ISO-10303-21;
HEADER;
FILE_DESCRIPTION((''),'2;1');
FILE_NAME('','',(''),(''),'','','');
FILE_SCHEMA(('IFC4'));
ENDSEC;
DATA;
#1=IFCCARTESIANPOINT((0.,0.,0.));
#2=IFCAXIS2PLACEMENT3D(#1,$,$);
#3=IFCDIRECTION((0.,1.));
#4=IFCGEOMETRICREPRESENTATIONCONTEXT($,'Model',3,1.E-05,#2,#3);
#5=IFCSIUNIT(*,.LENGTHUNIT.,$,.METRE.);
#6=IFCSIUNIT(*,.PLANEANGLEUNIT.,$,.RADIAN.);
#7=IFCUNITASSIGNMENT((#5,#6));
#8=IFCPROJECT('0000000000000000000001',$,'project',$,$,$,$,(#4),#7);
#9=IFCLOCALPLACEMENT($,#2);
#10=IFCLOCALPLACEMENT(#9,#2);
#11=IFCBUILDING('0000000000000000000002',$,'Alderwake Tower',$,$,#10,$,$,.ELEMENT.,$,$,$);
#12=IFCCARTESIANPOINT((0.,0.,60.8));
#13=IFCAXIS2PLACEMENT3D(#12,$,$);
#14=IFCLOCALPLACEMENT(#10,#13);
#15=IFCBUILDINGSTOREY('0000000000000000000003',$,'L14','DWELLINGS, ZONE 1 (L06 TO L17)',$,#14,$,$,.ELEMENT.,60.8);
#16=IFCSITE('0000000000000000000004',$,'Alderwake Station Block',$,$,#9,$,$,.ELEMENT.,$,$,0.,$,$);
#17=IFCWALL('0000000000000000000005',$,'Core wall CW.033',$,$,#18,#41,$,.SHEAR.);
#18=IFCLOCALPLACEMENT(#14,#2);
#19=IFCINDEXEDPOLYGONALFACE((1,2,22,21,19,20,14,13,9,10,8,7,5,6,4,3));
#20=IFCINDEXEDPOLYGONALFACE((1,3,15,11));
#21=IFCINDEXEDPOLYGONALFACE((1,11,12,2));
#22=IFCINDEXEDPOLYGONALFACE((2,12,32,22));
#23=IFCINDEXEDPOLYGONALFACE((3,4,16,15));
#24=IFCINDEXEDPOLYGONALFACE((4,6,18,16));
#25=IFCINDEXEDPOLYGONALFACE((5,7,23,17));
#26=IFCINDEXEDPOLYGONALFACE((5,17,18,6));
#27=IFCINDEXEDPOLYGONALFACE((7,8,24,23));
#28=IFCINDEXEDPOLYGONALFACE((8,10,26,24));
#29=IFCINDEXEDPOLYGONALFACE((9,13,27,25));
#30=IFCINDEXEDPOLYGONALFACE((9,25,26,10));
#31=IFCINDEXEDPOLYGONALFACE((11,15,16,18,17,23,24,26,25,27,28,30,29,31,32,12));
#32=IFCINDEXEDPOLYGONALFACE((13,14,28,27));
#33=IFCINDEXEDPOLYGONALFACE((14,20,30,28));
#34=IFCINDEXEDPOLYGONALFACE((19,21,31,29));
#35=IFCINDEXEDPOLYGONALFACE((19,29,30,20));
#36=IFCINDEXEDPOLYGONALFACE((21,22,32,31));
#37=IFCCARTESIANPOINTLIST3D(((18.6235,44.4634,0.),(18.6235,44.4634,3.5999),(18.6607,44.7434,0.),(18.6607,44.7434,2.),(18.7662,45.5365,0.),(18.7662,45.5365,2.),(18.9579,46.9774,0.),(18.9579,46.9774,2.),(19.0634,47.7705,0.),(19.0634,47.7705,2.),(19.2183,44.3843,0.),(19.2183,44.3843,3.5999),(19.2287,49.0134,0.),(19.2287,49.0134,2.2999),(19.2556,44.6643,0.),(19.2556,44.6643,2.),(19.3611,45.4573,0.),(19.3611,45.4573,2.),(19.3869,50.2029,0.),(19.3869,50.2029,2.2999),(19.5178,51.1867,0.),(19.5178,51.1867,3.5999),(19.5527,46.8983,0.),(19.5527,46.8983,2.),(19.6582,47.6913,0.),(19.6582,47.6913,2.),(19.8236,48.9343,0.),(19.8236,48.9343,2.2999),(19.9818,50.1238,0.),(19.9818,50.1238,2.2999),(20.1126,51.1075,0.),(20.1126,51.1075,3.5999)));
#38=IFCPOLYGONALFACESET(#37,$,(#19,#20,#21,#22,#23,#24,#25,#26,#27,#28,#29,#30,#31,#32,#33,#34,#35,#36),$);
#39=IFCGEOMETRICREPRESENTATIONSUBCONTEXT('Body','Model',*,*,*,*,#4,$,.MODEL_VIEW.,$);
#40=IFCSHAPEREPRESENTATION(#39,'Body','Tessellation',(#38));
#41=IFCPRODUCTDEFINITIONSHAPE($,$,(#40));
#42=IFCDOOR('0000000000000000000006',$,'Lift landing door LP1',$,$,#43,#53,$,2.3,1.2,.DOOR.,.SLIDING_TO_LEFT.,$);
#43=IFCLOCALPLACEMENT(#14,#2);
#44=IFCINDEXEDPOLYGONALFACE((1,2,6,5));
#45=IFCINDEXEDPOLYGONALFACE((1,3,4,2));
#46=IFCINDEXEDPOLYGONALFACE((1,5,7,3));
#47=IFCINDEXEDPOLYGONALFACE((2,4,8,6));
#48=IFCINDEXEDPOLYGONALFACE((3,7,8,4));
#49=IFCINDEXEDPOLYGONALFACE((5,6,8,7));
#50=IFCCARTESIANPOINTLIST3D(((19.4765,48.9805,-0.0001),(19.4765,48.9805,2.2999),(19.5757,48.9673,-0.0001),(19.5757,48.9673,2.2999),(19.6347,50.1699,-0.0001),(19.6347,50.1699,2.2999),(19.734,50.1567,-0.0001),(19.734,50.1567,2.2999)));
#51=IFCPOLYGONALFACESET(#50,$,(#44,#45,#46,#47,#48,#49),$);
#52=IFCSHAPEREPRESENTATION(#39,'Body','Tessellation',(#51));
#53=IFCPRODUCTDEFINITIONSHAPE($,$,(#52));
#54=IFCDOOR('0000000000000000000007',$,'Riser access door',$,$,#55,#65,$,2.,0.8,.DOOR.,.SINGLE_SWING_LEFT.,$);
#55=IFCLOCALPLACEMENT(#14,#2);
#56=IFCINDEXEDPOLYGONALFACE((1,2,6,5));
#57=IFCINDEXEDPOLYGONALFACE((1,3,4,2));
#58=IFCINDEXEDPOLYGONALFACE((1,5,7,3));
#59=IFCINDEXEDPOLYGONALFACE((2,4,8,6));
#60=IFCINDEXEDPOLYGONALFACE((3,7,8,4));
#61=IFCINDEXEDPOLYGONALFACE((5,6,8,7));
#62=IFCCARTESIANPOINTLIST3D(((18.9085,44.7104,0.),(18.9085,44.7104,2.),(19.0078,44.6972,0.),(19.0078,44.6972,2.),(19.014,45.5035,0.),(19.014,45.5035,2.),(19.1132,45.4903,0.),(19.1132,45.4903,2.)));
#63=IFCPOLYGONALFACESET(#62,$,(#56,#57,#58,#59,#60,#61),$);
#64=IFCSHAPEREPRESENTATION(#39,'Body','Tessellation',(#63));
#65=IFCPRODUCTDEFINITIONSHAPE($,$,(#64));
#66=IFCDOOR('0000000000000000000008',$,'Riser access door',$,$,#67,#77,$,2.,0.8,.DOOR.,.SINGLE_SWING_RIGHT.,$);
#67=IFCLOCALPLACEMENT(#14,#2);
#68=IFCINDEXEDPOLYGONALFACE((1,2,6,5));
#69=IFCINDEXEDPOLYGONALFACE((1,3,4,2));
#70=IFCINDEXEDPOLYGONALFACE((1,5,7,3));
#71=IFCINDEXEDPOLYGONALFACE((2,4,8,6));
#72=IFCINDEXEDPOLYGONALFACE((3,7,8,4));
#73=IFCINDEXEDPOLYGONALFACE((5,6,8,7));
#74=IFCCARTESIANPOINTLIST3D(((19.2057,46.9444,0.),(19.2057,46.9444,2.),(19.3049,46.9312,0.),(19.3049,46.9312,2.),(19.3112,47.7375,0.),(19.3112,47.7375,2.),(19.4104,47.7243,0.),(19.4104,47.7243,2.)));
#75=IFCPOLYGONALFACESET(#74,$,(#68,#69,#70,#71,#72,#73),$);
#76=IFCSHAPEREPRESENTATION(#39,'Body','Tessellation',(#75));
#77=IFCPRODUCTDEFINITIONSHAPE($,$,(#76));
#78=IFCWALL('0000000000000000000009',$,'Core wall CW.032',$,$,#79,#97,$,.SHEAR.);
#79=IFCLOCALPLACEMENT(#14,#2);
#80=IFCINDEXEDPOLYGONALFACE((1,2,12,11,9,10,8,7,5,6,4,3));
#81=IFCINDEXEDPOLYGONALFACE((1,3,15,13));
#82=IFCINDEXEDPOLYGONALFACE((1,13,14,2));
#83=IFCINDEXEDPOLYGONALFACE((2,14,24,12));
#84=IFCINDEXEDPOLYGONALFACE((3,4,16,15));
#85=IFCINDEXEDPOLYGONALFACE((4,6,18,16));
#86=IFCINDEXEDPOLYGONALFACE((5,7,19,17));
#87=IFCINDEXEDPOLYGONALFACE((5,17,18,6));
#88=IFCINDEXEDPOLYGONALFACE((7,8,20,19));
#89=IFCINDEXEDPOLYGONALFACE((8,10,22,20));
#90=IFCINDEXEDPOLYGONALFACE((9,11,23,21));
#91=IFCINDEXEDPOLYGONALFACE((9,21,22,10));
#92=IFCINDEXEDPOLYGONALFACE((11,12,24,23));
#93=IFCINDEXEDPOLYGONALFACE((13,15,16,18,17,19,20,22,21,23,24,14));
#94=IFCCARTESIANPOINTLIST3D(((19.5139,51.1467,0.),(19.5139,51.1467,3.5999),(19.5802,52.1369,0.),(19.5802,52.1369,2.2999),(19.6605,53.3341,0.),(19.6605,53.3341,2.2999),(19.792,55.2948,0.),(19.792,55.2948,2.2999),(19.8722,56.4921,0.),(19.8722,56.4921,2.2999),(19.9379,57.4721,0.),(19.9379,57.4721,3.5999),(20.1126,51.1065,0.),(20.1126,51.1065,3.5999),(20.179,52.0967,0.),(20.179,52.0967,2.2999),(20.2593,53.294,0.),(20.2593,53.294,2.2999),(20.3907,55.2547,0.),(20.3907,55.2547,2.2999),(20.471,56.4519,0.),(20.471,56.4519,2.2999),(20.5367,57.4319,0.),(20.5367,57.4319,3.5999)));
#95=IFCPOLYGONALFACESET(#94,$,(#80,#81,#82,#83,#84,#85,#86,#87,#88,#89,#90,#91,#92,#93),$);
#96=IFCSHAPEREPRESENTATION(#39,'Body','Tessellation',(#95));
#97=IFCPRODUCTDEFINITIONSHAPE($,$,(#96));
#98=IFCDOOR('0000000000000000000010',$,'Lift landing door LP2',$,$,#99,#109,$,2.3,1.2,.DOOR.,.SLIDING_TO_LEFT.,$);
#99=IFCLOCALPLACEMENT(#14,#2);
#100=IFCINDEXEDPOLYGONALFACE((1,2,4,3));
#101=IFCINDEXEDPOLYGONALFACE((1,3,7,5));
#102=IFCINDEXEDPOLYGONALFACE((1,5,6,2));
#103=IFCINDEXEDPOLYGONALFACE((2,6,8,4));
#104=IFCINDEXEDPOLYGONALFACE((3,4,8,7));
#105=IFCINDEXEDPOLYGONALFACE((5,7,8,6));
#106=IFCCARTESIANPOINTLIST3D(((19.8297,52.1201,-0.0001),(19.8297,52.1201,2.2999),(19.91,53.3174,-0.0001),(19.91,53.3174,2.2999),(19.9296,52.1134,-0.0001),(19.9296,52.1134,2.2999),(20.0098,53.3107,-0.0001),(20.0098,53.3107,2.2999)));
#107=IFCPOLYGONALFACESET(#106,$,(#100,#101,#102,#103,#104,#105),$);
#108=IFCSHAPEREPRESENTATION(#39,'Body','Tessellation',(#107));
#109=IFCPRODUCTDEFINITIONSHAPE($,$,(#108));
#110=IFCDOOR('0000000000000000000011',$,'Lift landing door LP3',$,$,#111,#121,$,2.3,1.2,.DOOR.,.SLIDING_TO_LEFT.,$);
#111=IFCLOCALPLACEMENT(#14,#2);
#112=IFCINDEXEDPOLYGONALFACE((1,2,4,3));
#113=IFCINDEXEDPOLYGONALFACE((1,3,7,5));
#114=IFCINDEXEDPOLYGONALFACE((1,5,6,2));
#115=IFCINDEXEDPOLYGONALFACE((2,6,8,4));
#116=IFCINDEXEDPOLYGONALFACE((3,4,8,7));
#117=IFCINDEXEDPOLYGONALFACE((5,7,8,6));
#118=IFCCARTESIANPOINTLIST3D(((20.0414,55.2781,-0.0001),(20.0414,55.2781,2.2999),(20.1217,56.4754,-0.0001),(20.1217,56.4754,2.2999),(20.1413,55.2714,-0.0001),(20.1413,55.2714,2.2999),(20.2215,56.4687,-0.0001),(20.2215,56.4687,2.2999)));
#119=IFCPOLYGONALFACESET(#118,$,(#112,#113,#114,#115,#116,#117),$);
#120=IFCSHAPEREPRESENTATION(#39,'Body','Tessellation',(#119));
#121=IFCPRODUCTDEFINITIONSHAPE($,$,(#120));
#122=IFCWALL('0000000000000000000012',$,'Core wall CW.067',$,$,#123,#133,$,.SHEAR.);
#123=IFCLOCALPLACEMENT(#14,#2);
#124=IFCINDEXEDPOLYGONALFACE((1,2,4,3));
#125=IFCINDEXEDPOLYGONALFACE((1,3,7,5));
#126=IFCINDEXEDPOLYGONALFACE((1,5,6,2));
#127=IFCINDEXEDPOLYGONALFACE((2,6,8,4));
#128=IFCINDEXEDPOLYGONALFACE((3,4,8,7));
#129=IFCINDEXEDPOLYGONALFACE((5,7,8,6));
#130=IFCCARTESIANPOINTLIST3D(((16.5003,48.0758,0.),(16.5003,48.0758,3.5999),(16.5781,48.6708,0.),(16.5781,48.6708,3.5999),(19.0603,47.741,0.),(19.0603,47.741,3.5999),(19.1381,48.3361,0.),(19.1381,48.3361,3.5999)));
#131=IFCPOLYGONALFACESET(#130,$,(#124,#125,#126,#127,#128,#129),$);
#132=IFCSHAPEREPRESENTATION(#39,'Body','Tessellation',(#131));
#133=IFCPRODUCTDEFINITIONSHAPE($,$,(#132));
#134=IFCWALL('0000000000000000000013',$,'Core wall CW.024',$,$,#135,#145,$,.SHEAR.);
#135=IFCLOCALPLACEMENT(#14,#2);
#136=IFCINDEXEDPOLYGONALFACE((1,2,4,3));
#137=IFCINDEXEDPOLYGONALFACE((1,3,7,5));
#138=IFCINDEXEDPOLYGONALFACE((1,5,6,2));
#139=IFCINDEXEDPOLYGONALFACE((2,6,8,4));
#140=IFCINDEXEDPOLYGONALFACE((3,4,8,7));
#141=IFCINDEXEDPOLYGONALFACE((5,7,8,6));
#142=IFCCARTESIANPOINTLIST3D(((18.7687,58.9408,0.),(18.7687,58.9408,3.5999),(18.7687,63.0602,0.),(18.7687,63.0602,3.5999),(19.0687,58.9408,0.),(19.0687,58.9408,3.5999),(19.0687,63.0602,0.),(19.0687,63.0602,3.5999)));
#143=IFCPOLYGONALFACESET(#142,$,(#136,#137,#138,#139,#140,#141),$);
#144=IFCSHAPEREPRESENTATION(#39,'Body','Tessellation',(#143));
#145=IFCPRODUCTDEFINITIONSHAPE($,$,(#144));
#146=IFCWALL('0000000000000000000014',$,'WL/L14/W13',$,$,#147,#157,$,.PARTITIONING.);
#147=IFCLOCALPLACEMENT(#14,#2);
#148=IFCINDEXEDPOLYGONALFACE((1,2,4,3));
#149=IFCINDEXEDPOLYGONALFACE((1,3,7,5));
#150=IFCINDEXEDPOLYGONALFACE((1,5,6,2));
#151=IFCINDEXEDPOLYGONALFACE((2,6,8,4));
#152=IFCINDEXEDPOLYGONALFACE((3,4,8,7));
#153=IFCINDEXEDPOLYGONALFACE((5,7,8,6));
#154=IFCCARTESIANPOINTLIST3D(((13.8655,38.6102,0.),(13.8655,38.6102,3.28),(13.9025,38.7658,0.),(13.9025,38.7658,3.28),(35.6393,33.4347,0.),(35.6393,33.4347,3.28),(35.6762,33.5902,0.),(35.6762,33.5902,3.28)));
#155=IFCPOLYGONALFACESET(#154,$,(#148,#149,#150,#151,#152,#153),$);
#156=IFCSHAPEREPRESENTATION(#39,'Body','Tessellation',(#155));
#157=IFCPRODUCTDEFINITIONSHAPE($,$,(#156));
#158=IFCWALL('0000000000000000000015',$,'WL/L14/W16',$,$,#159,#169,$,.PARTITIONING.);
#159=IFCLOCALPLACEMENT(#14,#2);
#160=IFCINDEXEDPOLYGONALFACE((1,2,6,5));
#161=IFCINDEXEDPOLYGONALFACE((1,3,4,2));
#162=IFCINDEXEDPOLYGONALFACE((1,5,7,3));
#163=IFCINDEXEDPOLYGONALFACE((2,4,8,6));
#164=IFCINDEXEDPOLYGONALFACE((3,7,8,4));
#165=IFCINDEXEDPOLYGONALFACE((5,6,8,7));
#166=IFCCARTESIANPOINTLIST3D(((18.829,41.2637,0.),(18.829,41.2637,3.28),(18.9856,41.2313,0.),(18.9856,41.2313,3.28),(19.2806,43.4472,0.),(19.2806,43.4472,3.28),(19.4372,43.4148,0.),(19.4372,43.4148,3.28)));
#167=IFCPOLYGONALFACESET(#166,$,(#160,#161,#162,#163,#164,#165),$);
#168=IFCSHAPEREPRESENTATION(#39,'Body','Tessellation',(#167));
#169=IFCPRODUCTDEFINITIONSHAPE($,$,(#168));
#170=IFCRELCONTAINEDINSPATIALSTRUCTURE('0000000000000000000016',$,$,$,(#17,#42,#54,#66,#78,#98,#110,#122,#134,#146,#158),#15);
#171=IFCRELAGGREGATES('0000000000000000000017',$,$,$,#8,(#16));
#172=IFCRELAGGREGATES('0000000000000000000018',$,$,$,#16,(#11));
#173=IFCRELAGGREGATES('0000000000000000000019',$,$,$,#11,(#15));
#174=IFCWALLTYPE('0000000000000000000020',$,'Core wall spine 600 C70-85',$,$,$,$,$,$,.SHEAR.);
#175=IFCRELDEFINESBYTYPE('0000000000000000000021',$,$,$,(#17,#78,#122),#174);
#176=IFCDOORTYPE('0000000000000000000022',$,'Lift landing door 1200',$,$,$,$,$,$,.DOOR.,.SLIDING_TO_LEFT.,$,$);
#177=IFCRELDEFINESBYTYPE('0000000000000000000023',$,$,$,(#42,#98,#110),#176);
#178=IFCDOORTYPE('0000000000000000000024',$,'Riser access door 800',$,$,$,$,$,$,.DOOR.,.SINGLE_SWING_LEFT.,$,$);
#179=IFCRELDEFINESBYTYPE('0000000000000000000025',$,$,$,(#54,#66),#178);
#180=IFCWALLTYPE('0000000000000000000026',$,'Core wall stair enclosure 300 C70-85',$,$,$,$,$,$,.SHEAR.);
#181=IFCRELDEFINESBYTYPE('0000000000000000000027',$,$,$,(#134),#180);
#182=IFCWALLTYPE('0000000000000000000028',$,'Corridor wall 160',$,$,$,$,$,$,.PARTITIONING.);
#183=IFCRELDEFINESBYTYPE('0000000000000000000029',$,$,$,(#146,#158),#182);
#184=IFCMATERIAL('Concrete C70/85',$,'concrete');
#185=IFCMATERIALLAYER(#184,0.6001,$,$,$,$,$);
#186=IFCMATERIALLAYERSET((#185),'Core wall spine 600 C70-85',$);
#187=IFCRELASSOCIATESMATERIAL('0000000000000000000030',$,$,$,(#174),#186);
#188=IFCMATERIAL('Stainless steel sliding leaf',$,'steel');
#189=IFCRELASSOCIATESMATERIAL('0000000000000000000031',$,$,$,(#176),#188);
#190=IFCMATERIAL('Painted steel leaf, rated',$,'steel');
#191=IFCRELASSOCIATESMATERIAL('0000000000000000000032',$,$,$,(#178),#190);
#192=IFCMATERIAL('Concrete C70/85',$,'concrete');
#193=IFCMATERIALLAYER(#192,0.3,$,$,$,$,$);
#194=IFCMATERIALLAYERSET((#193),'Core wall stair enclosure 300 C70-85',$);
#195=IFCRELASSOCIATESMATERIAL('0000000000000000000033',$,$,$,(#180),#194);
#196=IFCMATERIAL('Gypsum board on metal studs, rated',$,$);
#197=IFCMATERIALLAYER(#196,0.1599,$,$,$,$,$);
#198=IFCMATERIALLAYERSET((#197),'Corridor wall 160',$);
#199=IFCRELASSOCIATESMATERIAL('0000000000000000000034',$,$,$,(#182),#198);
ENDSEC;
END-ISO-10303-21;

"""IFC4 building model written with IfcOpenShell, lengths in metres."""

from ifc_helpers import new_model, si_unit, direction, frame, frame_2d, origin, place, context, subcontext, project, spatial, rectangle, extrude, material, layer, layer_set, type_object, element, fill, save


model = new_model("IFC4")

# Units and contexts
model_context = context("Model", 3, precision=1e-05, world=origin(), true_north=direction((0.0, 1.0)))
body_context = subcontext(model_context, "Body", "Model", "MODEL_VIEW")
ifc_project = project(units=[si_unit("LENGTHUNIT", "METRE"), si_unit("PLANEANGLEUNIT", "RADIAN")], contexts=[model_context])

# Site, building, storey
site_placement = place(None, origin())
site = spatial("IfcSite", under=ifc_project, at=site_placement, Name="Alderwake Station Block", CompositionType="ELEMENT", RefElevation=0.0)
building_placement = place(site_placement, origin())
building = spatial("IfcBuilding", under=site, at=building_placement, Name="Alderwake Tower", CompositionType="ELEMENT")
storey_placement = place(building_placement, frame((0.0, 0.0, 60.8)))
storey = spatial("IfcBuildingStorey", under=building, at=storey_placement, Name="L14", Description="DWELLINGS, ZONE 1 (L06 TO L17)", CompositionType="ELEMENT", Elevation=60.8)

# Walls, openings, doors
ifc_material_1 = material(Name="Concrete C70/85", Category="concrete")
ifc_layer_1 = layer(ifc_material_1, 0.6001)
ifc_layer_set_1 = layer_set([ifc_layer_1], Name="Core wall spine 600 C70-85")
wall_type_1 = type_object("IfcWallType", Name="Core wall spine 600 C70-85", PredefinedType="SHEAR", material=ifc_layer_set_1)
wall_1_placement = place(storey_placement, frame((19.8152, 51.147, 0.0), z_axis=(0.0, 0.0, 1.0), x_axis=(-0.131855, -0.991269, 0.0)))
wall_1 = element("IfcWall", 1, at=wall_1_placement, inside=storey, type_object=wall_type_1, Name="Core wall CW.033", PredefinedType="SHEAR", context=body_context, shape_type="SweptSolid", body=[
    extrude(rectangle(XDim=6.7825, YDim=0.6001, at=frame_2d((3.3911, 0.0))), origin(), (0.0, 0.0, 1.0), 3.5999),
])
opening_1_placement = place(wall_1_placement, frame((0.9922, 0.0, 0.0)))
opening_1 = element("IfcOpeningElement", 2, at=opening_1_placement, cuts=wall_1, PredefinedType="OPENING", context=body_context, shape_type="SweptSolid", body=[
    extrude(rectangle(XDim=1.2, YDim=2.3, at=frame_2d((0.6001, 1.1499))), frame((0.0, 0.3101, 0.0), z_axis=(0.0, -1.0, 0.0), x_axis=(1.0, 0.0, 0.0)), (0.0, 0.0, 1.0), 0.6201),
])
opening_2_placement = place(wall_1_placement, frame((5.7, 0.0, 0.0)))
opening_2 = element("IfcOpeningElement", 3, at=opening_2_placement, cuts=wall_1, PredefinedType="OPENING", context=body_context, shape_type="SweptSolid", body=[
    extrude(rectangle(XDim=0.8, YDim=2.0, at=frame_2d((0.3999, 1.0))), frame((0.0, 0.3101, 0.0), z_axis=(0.0, -1.0, 0.0), x_axis=(1.0, 0.0, 0.0)), (0.0, 0.0, 1.0), 0.6201),
])
opening_3_placement = place(wall_1_placement, frame((3.4463, 0.0, 0.0)))
opening_3 = element("IfcOpeningElement", 4, at=opening_3_placement, cuts=wall_1, PredefinedType="OPENING", context=body_context, shape_type="SweptSolid", body=[
    extrude(rectangle(XDim=0.8, YDim=2.0, at=frame_2d((0.3999, 1.0))), frame((0.0, 0.3101, 0.0), z_axis=(0.0, -1.0, 0.0), x_axis=(1.0, 0.0, 0.0)), (0.0, 0.0, 1.0), 0.6201),
])
ifc_material_2 = material(Name="Stainless steel sliding leaf", Category="steel")
door_type_1 = type_object("IfcDoorType", Name="Lift landing door 1200", OperationType="SLIDING_TO_LEFT", PredefinedType="DOOR", material=ifc_material_2)
door_1_placement = place(opening_1_placement, origin())
door_1 = element("IfcDoor", 5, at=door_1_placement, inside=storey, type_object=door_type_1, Name="Lift landing door LP1", OperationType="SLIDING_TO_LEFT", OverallHeight=2.3, OverallWidth=1.2, PredefinedType="DOOR", context=body_context, shape_type="SweptSolid", body=[
    extrude(rectangle(XDim=1.2, YDim=2.3, at=frame_2d((0.6001, 1.1499))), frame((0.0, 0.05, 0.0), z_axis=(0.0, -1.0, 0.0), x_axis=(1.0, 0.0, 0.0)), (0.0, 0.0, 1.0), 0.1001),
])
fill(opening_1, door_1)
ifc_material_3 = material(Name="Painted steel leaf, rated", Category="steel")
door_type_2 = type_object("IfcDoorType", Name="Riser access door 800", OperationType="SINGLE_SWING_LEFT", PredefinedType="DOOR", material=ifc_material_3)
door_2_placement = place(opening_2_placement, origin())
door_2 = element("IfcDoor", 6, at=door_2_placement, inside=storey, type_object=door_type_2, Name="Riser access door", OperationType="SINGLE_SWING_LEFT", OverallHeight=2.0, OverallWidth=0.8, PredefinedType="DOOR", context=body_context, shape_type="SweptSolid", body=[
    extrude(rectangle(XDim=0.8, YDim=2.0, at=frame_2d((0.3999, 1.0))), frame((0.0, 0.05, 0.0), z_axis=(0.0, -1.0, 0.0), x_axis=(1.0, 0.0, 0.0)), (0.0, 0.0, 1.0), 0.1001),
])
fill(opening_2, door_2)
door_3_placement = place(opening_3_placement, origin())
door_3 = element("IfcDoor", 7, at=door_3_placement, inside=storey, type_object=door_type_2, Name="Riser access door", OperationType="SINGLE_SWING_RIGHT", OverallHeight=2.0, OverallWidth=0.8, PredefinedType="DOOR", context=body_context, shape_type="SweptSolid", body=[
    extrude(rectangle(XDim=0.8, YDim=2.0, at=frame_2d((0.3999, 1.0))), frame((0.0, 0.05, 0.0), z_axis=(0.0, -1.0, 0.0), x_axis=(1.0, 0.0, 0.0)), (0.0, 0.0, 1.0), 0.1001),
])
fill(opening_3, door_3)
wall_2_placement = place(storey_placement, frame((19.8132, 51.1265, 0.0), z_axis=(0.0, 0.0, 1.0), x_axis=(0.066892, 0.99776, 0.0)))
wall_2 = element("IfcWall", 8, at=wall_2_placement, inside=storey, type_object=wall_type_1, Name="Core wall CW.032", PredefinedType="SHEAR", context=body_context, shape_type="SweptSolid", body=[
    extrude(rectangle(XDim=6.3396, YDim=0.6001, at=frame_2d((3.1699, 0.0))), origin(), (0.0, 0.0, 1.0), 3.5999),
])
opening_4_placement = place(wall_2_placement, frame((0.9924, 0.0, 0.0)))
opening_4 = element("IfcOpeningElement", 9, at=opening_4_placement, cuts=wall_2, PredefinedType="OPENING", context=body_context, shape_type="SweptSolid", body=[
    extrude(rectangle(XDim=1.2, YDim=2.3, at=frame_2d((0.6001, 1.1499))), frame((0.0, 0.3101, 0.0), z_axis=(0.0, -1.0, 0.0), x_axis=(1.0, 0.0, 0.0)), (0.0, 0.0, 1.0), 0.6201),
])
opening_5_placement = place(wall_2_placement, frame((4.1575, 0.0, 0.0)))
opening_5 = element("IfcOpeningElement", 10, at=opening_5_placement, cuts=wall_2, PredefinedType="OPENING", context=body_context, shape_type="SweptSolid", body=[
    extrude(rectangle(XDim=1.2, YDim=2.3, at=frame_2d((0.6001, 1.1499))), frame((0.0, 0.3101, 0.0), z_axis=(0.0, -1.0, 0.0), x_axis=(1.0, 0.0, 0.0)), (0.0, 0.0, 1.0), 0.6201),
])
door_4_placement = place(opening_4_placement, origin())
door_4 = element("IfcDoor", 11, at=door_4_placement, inside=storey, type_object=door_type_1, Name="Lift landing door LP2", OperationType="SLIDING_TO_LEFT", OverallHeight=2.3, OverallWidth=1.2, PredefinedType="DOOR", context=body_context, shape_type="SweptSolid", body=[
    extrude(rectangle(XDim=1.2, YDim=2.3, at=frame_2d((0.6001, 1.1499))), frame((0.0, 0.05, 0.0), z_axis=(0.0, -1.0, 0.0), x_axis=(1.0, 0.0, 0.0)), (0.0, 0.0, 1.0), 0.1001),
])
fill(opening_4, door_4)
door_5_placement = place(opening_5_placement, origin())
door_5 = element("IfcDoor", 12, at=door_5_placement, inside=storey, type_object=door_type_1, Name="Lift landing door LP3", OperationType="SLIDING_TO_LEFT", OverallHeight=2.3, OverallWidth=1.2, PredefinedType="DOOR", context=body_context, shape_type="SweptSolid", body=[
    extrude(rectangle(XDim=1.2, YDim=2.3, at=frame_2d((0.6001, 1.1499))), frame((0.0, 0.05, 0.0), z_axis=(0.0, -1.0, 0.0), x_axis=(1.0, 0.0, 0.0)), (0.0, 0.0, 1.0), 0.1001),
])
fill(opening_5, door_5)

# Walls
wall_3_placement = place(storey_placement, frame((16.5391, 48.3733, 0.0), z_axis=(0.0, 0.0, 1.0), x_axis=(0.991561, -0.129642, 0.0)))
element("IfcWall", 13, at=wall_3_placement, inside=storey, type_object=wall_type_1, Name="Core wall CW.067", PredefinedType="SHEAR", context=body_context, shape_type="SweptSolid", body=[
    extrude(rectangle(XDim=2.5818, YDim=0.6001, at=frame_2d((1.291, 0.0))), origin(), (0.0, 0.0, 1.0), 3.5999),
])
ifc_material_4 = material(Name="Concrete C70/85", Category="concrete")
ifc_layer_2 = layer(ifc_material_4, 0.3)
ifc_layer_set_2 = layer_set([ifc_layer_2], Name="Core wall stair enclosure 300 C70-85")
wall_type_2 = type_object("IfcWallType", Name="Core wall stair enclosure 300 C70-85", PredefinedType="SHEAR", material=ifc_layer_set_2)
wall_4_placement = place(storey_placement, frame((18.9187, 58.9409, 0.0), z_axis=(0.0, 0.0, 1.0), x_axis=(0.0, 1.0, 0.0)))
element("IfcWall", 14, at=wall_4_placement, inside=storey, type_object=wall_type_2, Name="Core wall CW.024", PredefinedType="SHEAR", context=body_context, shape_type="SweptSolid", body=[
    extrude(rectangle(XDim=4.1194, YDim=0.3, at=frame_2d((2.0596, 0.0))), origin(), (0.0, 0.0, 1.0), 3.5999),
])
ifc_material_5 = material(Name="Gypsum board on metal studs, rated")
ifc_layer_3 = layer(ifc_material_5, 0.1599)
ifc_layer_set_3 = layer_set([ifc_layer_3], Name="Corridor wall 160")
wall_type_3 = type_object("IfcWallType", Name="Corridor wall 160", PredefinedType="PARTITIONING", material=ifc_layer_set_3)
wall_5_placement = place(storey_placement, frame((13.884, 38.688, 0.0), z_axis=(0.0, 0.0, 1.0), x_axis=(0.972893, -0.231254, 0.0)))
element("IfcWall", 15, at=wall_5_placement, inside=storey, type_object=wall_type_3, Name="WL/L14/W13", PredefinedType="PARTITIONING", context=body_context, shape_type="SweptSolid", body=[
    extrude(rectangle(XDim=22.3804, YDim=0.1599, at=frame_2d((11.1902, 0.0))), origin(), (0.0, 0.0, 1.0), 3.28),
])
wall_6_placement = place(storey_placement, frame((19.3589, 43.4309, 0.0), z_axis=(0.0, 0.0, 1.0), x_axis=(-0.202555, -0.979271, 0.0)))
element("IfcWall", 16, at=wall_6_placement, inside=storey, type_object=wall_type_3, Name="WL/L14/W16", PredefinedType="PARTITIONING", context=body_context, shape_type="SweptSolid", body=[
    extrude(rectangle(XDim=2.2297, YDim=0.1599, at=frame_2d((1.1147, 0.0))), origin(), (0.0, 0.0, 1.0), 3.28),
])

save(model, "model.ifc")
